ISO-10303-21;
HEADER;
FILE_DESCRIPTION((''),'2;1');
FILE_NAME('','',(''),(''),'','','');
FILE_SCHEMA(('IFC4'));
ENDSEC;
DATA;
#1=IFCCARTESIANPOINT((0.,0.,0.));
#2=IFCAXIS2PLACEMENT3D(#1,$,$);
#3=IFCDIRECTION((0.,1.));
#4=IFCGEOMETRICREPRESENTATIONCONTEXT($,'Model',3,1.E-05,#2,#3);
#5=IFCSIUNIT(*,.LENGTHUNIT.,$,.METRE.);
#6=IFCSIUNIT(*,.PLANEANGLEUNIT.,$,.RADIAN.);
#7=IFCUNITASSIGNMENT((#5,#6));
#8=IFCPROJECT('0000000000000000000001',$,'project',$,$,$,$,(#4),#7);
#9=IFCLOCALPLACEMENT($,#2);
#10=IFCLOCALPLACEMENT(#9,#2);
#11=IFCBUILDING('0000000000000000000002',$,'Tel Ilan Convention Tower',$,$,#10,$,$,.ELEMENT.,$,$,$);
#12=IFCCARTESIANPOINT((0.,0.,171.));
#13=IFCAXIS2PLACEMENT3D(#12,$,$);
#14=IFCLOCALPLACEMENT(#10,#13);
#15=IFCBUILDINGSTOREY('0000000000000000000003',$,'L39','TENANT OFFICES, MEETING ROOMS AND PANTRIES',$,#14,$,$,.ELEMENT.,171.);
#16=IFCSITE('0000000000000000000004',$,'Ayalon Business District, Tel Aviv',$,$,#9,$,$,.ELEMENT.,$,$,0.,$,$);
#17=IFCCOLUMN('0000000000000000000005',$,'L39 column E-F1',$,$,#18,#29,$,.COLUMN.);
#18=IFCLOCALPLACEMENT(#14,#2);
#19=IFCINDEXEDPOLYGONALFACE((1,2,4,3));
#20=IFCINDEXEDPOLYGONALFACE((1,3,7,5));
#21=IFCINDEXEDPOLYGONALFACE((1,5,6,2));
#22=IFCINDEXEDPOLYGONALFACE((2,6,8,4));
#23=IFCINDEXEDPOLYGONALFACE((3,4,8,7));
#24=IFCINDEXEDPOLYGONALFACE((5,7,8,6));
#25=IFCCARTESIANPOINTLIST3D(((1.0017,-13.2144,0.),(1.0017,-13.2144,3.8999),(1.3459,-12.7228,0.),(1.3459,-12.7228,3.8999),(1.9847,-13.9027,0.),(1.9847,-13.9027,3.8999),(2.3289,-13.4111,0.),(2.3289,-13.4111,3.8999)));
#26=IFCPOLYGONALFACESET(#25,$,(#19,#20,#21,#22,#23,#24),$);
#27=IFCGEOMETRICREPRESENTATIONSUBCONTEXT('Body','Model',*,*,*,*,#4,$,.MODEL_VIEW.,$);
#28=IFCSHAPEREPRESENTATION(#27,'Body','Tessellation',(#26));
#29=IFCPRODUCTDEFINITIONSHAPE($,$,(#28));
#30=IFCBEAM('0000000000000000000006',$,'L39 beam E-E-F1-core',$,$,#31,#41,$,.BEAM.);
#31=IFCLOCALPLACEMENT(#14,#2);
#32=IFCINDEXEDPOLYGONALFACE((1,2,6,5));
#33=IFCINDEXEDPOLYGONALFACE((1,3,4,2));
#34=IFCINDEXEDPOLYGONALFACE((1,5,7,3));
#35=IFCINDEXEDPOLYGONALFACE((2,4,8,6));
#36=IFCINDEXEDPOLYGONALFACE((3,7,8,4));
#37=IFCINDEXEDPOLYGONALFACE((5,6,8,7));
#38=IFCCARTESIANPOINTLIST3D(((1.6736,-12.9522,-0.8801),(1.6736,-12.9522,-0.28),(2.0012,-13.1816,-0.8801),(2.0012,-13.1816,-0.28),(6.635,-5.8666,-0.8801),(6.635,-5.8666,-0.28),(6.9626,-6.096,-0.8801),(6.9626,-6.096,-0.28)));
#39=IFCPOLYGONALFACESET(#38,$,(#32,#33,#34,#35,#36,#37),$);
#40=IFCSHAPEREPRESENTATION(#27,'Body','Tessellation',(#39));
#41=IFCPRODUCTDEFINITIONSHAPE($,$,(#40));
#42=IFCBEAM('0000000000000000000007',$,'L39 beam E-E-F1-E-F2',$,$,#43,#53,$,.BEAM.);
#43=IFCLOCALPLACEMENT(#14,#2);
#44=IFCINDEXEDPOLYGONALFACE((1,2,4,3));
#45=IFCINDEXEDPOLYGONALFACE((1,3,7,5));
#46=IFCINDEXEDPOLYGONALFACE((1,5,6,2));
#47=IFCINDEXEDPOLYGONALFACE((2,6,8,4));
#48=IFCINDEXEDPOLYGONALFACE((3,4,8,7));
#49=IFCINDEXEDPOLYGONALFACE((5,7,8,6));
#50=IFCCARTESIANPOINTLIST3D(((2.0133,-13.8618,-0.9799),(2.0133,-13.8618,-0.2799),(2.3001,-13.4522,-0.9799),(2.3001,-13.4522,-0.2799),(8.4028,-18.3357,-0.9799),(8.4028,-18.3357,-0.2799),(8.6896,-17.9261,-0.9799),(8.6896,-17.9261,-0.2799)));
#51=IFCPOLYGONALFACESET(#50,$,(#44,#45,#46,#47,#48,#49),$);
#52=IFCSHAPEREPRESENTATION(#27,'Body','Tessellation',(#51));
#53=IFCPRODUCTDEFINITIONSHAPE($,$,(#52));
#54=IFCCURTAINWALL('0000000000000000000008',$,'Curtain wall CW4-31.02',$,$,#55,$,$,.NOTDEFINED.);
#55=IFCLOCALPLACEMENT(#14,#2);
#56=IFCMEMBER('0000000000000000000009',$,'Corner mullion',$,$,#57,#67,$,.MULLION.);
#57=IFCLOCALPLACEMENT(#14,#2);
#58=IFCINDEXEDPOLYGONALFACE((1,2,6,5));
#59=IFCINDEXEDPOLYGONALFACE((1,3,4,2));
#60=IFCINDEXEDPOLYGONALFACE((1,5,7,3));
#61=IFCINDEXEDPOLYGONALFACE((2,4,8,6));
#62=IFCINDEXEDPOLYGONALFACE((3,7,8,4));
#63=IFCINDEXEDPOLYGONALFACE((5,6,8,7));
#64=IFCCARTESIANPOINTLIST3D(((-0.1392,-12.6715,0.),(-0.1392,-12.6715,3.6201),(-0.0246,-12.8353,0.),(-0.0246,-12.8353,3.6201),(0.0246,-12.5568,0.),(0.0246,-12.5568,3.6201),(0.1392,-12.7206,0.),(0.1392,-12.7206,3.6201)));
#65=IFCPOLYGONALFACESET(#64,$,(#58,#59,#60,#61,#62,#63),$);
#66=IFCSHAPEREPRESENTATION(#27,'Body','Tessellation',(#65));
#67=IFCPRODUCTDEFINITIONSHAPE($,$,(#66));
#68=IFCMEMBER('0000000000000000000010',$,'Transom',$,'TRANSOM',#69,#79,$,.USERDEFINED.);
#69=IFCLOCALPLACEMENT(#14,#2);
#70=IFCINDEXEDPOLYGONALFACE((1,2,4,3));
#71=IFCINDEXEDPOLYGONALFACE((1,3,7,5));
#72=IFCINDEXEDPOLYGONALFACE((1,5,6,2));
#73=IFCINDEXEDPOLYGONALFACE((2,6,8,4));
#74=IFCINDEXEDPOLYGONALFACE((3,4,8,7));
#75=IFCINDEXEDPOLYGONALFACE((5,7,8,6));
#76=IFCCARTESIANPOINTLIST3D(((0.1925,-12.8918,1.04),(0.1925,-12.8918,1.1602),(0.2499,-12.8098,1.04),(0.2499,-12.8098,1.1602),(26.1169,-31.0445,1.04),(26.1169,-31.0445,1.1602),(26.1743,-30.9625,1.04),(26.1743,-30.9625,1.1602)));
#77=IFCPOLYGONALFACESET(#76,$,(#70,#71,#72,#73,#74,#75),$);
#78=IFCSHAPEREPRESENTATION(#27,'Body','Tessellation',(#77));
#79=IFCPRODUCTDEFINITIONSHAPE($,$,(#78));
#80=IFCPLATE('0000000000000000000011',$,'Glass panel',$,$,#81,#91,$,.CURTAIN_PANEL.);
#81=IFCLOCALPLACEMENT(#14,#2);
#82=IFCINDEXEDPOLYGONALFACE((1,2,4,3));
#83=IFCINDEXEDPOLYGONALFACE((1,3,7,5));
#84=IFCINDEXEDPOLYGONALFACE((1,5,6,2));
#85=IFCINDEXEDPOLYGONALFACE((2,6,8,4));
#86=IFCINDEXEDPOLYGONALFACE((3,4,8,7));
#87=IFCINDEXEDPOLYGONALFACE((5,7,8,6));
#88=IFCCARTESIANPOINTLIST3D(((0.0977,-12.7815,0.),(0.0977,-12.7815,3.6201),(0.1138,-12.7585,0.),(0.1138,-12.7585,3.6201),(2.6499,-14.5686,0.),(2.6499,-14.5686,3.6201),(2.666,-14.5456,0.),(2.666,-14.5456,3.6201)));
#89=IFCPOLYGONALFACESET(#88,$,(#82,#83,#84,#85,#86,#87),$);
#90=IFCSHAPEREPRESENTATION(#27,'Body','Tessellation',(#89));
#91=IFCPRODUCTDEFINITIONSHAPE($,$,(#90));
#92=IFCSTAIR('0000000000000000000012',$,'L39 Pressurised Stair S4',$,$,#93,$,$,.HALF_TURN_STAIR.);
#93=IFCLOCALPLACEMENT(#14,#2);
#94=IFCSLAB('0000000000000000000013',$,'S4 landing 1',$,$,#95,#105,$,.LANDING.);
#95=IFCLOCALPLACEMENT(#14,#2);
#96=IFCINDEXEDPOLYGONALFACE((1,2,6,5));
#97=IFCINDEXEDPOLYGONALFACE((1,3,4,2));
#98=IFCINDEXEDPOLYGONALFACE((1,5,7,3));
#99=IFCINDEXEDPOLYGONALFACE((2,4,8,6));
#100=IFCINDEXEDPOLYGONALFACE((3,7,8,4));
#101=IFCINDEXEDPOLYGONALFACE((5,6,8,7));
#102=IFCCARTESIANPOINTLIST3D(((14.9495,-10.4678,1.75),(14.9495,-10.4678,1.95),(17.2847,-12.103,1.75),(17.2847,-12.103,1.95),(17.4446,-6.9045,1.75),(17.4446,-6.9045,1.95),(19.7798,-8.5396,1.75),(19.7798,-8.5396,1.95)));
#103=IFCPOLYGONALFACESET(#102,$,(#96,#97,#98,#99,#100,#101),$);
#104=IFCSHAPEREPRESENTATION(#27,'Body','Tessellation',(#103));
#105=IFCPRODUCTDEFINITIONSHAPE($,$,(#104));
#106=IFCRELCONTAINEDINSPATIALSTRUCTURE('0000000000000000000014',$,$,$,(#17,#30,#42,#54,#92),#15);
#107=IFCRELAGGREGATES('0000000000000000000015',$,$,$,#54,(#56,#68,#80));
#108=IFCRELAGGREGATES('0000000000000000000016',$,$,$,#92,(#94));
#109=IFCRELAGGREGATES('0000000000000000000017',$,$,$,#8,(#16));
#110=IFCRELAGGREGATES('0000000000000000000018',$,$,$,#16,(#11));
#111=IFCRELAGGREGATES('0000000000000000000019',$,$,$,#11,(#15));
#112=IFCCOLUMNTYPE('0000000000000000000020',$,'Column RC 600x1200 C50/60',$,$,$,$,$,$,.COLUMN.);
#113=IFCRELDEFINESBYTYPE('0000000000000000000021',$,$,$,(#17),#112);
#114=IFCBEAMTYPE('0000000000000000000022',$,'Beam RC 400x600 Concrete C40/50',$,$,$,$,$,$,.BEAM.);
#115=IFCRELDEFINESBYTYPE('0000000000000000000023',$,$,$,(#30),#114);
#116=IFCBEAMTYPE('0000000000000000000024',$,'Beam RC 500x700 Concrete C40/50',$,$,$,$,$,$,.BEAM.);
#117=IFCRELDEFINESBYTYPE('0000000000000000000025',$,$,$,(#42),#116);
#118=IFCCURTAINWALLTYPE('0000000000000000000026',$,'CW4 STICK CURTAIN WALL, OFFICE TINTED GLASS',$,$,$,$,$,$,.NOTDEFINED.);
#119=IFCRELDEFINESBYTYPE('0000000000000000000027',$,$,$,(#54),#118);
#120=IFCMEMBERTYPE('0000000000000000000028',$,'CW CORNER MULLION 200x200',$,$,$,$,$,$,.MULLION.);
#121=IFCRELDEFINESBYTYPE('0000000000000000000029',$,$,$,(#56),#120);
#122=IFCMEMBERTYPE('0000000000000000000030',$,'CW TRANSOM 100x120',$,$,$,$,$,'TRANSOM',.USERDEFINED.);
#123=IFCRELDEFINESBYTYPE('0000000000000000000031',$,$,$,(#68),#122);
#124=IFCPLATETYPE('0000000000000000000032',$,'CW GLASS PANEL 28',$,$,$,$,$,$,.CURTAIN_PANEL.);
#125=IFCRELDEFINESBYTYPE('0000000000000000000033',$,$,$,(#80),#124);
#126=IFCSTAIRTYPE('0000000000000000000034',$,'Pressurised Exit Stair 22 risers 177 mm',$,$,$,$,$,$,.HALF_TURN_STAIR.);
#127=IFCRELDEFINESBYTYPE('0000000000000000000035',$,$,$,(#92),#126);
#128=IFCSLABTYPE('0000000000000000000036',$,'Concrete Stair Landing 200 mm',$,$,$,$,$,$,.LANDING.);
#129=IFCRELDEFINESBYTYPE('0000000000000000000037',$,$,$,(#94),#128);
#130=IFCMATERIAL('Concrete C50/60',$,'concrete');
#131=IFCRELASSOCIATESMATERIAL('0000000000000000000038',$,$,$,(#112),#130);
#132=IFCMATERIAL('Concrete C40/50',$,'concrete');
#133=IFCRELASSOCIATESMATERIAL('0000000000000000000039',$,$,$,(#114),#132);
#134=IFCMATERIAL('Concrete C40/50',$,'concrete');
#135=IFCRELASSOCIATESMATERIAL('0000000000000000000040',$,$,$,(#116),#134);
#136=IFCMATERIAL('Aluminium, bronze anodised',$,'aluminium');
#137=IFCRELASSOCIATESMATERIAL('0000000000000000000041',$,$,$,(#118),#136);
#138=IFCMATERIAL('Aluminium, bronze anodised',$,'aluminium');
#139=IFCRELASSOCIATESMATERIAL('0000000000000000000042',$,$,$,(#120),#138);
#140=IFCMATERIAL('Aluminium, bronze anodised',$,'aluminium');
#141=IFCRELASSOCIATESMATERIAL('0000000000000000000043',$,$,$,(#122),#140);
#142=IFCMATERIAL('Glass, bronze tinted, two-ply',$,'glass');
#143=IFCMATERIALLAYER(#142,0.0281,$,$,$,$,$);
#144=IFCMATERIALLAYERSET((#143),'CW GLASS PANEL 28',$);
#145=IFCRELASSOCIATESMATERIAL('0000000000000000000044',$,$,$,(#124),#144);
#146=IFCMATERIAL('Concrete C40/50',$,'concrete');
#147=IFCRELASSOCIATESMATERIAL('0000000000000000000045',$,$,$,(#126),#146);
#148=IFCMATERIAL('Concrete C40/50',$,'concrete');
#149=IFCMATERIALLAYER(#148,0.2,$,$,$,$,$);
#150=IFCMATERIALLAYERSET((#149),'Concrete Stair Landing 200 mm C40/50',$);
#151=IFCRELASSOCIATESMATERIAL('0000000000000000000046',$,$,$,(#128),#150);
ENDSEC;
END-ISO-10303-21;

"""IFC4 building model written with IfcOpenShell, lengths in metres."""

from ifc_helpers import new_model, si_unit, direction, frame, origin, origin_2d, place, context, subcontext, project, spatial, polyline, rectangle, outline, extrude, material, layer, layer_set, material_profile, profile_set, type_object, element, aggregate, save


model = new_model("IFC4")

# Units and contexts
model_context = context("Model", 3, precision=1e-05, world=origin(), true_north=direction((0.0, 1.0)))
body_context = subcontext(model_context, "Body", "Model", "MODEL_VIEW")
ifc_project = project(units=[si_unit("LENGTHUNIT", "METRE"), si_unit("PLANEANGLEUNIT", "RADIAN")], contexts=[model_context])

# Site, building, storey
site_placement = place(None, origin())
site = spatial("IfcSite", under=ifc_project, at=site_placement, Name="Ayalon Business District, Tel Aviv", CompositionType="ELEMENT", RefElevation=0.0)
building_placement = place(site_placement, origin())
building = spatial("IfcBuilding", under=site, at=building_placement, Name="Tel Ilan Convention Tower", CompositionType="ELEMENT")
storey_placement = place(building_placement, frame((0.0, 0.0, 171.0)))
storey = spatial("IfcBuildingStorey", under=building, at=storey_placement, Name="L39", Description="TENANT OFFICES, MEETING ROOMS AND PANTRIES", CompositionType="ELEMENT", Elevation=171.0)

# Column
ifc_material_1 = material(Name="Concrete C50/60", Category="concrete")
ifc_material_profile_1 = material_profile(ifc_material_1, rectangle(XDim=1.2, YDim=0.6001, at=origin_2d()), Name="RC 600x1200")
ifc_profile_set_1 = profile_set([ifc_material_profile_1], Name="Concrete C50/60")
column_type = type_object("IfcColumnType", Name="Column RC 600x1200 C50/60", PredefinedType="COLUMN", material=ifc_profile_set_1)
column_placement = place(storey_placement, frame((1.6653, -13.3127, 0.0), z_axis=(0.0, 0.0, 1.0), x_axis=(0.819152, -0.573576, 0.0)))
element("IfcColumn", 1, at=column_placement, inside=storey, type_object=column_type, Name="L39 column E-F1", PredefinedType="COLUMN", context=body_context, shape_type="SweptSolid", body=[
    extrude(rectangle(XDim=1.2, YDim=0.6001, at=origin_2d()), origin(), (0.0, 0.0, 1.0), 3.8999),
])

# Beams
ifc_material_2 = material(Name="Concrete C40/50", Category="concrete")
ifc_material_profile_2 = material_profile(ifc_material_2, rectangle(XDim=0.3999, YDim=0.6001, at=origin_2d()), Name="RC 400x600")
ifc_profile_set_2 = profile_set([ifc_material_profile_2], Name="Concrete C40/50")
beam_type_1 = type_object("IfcBeamType", Name="Beam RC 400x600 Concrete C40/50", PredefinedType="BEAM", material=ifc_profile_set_2)
beam_1_placement = place(storey_placement, frame((1.8374, -13.0669, -0.5801), z_axis=(0.573574, 0.819154, 0.0), x_axis=(-0.819154, 0.573574, 0.0)))
element("IfcBeam", 2, at=beam_1_placement, inside=storey, type_object=beam_type_1, Name="L39 beam E-E-F1-core", PredefinedType="BEAM", context=body_context, shape_type="SweptSolid", body=[
    extrude(rectangle(XDim=0.3999, YDim=0.6001, at=origin_2d()), origin(), (0.0, 0.0, 1.0), 8.6499),
])
ifc_material_3 = material(Name="Concrete C40/50", Category="concrete")
ifc_material_profile_3 = material_profile(ifc_material_3, rectangle(XDim=0.5, YDim=0.7, at=origin_2d()), Name="RC 500x700")
ifc_profile_set_3 = profile_set([ifc_material_profile_3], Name="Concrete C40/50")
beam_type_2 = type_object("IfcBeamType", Name="Beam RC 500x700 Concrete C40/50", PredefinedType="BEAM", material=ifc_profile_set_3)
beam_2_placement = place(storey_placement, frame((2.1567, -13.657, -0.6299), z_axis=(0.819154, -0.573574, 0.0), x_axis=(0.573574, 0.819154, 0.0)))
element("IfcBeam", 3, at=beam_2_placement, inside=storey, type_object=beam_type_2, Name="L39 beam E-E-F1-E-F2", PredefinedType="BEAM", context=body_context, shape_type="SweptSolid", body=[
    extrude(rectangle(XDim=0.5, YDim=0.7, at=origin_2d()), origin(), (0.0, 0.0, 1.0), 7.8),
])

# Curtain wall, members, plate
ifc_material_4 = material(Name="Aluminium, bronze anodised", Category="aluminium")
curtain_wall_type = type_object("IfcCurtainWallType", Name="CW4 STICK CURTAIN WALL, OFFICE TINTED GLASS", PredefinedType="NOTDEFINED", material=ifc_material_4)
curtain_wall_placement = place(storey_placement, origin())
curtain_wall = element("IfcCurtainWall", 4, at=curtain_wall_placement, inside=storey, type_object=curtain_wall_type, Name="Curtain wall CW4-31.02", PredefinedType="NOTDEFINED")
ifc_material_5 = material(Name="Aluminium, bronze anodised", Category="aluminium")
ifc_material_profile_4 = material_profile(ifc_material_5, rectangle(XDim=0.2, YDim=0.2, at=origin_2d()), Name="CW CORNER MULLION 200x200")
ifc_profile_set_4 = profile_set([ifc_material_profile_4], Name="Aluminium, bronze anodised")
member_type_1 = type_object("IfcMemberType", Name="CW CORNER MULLION 200x200", PredefinedType="MULLION", material=ifc_profile_set_4)
member_1_placement = place(storey_placement, frame((0.0, -12.696, 0.0), z_axis=(0.0, 0.0, 1.0), x_axis=(0.819152, 0.573576, 0.0)))
member_1 = element("IfcMember", 5, at=member_1_placement, type_object=member_type_1, Name="Corner mullion", PredefinedType="MULLION", context=body_context, shape_type="SweptSolid", body=[
    extrude(rectangle(XDim=0.2, YDim=0.2, at=origin_2d()), origin(), (0.0, 0.0, 1.0), 3.6201),
])
ifc_material_6 = material(Name="Aluminium, bronze anodised", Category="aluminium")
ifc_material_profile_5 = material_profile(ifc_material_6, rectangle(XDim=0.1001, YDim=0.1201, at=origin_2d()), Name="CW TRANSOM 100x120")
ifc_profile_set_5 = profile_set([ifc_material_profile_5], Name="Aluminium, bronze anodised")
member_type_2 = type_object("IfcMemberType", Name="CW TRANSOM 100x120", ElementType="TRANSOM", PredefinedType="USERDEFINED", material=ifc_profile_set_5)
member_2_placement = place(storey_placement, frame((0.2212, -12.8508, 1.1001), z_axis=(0.819149, -0.57358, 0.0), x_axis=(0.57358, 0.819149, 0.0)))
member_2 = element("IfcMember", 6, at=member_2_placement, type_object=member_type_2, Name="Transom", ObjectType="TRANSOM", PredefinedType="USERDEFINED", context=body_context, shape_type="SweptSolid", body=[
    extrude(rectangle(XDim=0.1001, YDim=0.1201, at=origin_2d()), origin(), (0.0, 0.0, 1.0), 31.6479),
])
ifc_material_7 = material(Name="Glass, bronze tinted, two-ply", Category="glass")
ifc_layer_1 = layer(ifc_material_7, 0.0281)
ifc_layer_set_1 = layer_set([ifc_layer_1], Name="CW GLASS PANEL 28")
plate_type = type_object("IfcPlateType", Name="CW GLASS PANEL 28", PredefinedType="CURTAIN_PANEL", material=ifc_layer_set_1)
plate_placement = place(storey_placement, frame((1.3818, -13.6636, 0.0), z_axis=(0.0, 0.0, 1.0), x_axis=(0.819152, -0.573576, 0.0)))
plate = element("IfcPlate", 7, at=plate_placement, type_object=plate_type, Name="Glass panel", PredefinedType="CURTAIN_PANEL", context=body_context, shape_type="SweptSolid", body=[
    extrude(rectangle(XDim=3.1157, YDim=0.0281, at=origin_2d()), origin(), (0.0, 0.0, 1.0), 3.6201),
])
aggregate(curtain_wall, [member_1, member_2, plate])

# Stair, slab
ifc_material_8 = material(Name="Concrete C40/50", Category="concrete")
stair_type = type_object("IfcStairType", Name="Pressurised Exit Stair 22 risers 177 mm", PredefinedType="HALF_TURN_STAIR", material=ifc_material_8)
stair_placement = place(storey_placement, origin())
stair = element("IfcStair", 8, at=stair_placement, inside=storey, type_object=stair_type, Name="L39 Pressurised Stair S4", PredefinedType="HALF_TURN_STAIR")
ifc_material_9 = material(Name="Concrete C40/50", Category="concrete")
ifc_layer_2 = layer(ifc_material_9, 0.2)
ifc_layer_set_2 = layer_set([ifc_layer_2], Name="Concrete Stair Landing 200 mm C40/50")
slab_type_1 = type_object("IfcSlabType", Name="Concrete Stair Landing 200 mm", PredefinedType="LANDING", material=ifc_layer_set_2)
slab_1_placement = place(storey_placement, frame((0.0, 0.0, 1.75)))
slab_1 = element("IfcSlab", 9, at=slab_1_placement, type_object=slab_type_1, Name="S4 landing 1", PredefinedType="LANDING", context=body_context, shape_type="SweptSolid", body=[
    extrude(outline(polyline([(19.7798, -8.5396), (17.4446, -6.9045), (14.9495, -10.4678), (17.2847, -12.103), (19.7798, -8.5396)])), origin(), (0.0, 0.0, 1.0), 0.2),
])
aggregate(stair, [slab_1])

save(model, "model.ifc")
